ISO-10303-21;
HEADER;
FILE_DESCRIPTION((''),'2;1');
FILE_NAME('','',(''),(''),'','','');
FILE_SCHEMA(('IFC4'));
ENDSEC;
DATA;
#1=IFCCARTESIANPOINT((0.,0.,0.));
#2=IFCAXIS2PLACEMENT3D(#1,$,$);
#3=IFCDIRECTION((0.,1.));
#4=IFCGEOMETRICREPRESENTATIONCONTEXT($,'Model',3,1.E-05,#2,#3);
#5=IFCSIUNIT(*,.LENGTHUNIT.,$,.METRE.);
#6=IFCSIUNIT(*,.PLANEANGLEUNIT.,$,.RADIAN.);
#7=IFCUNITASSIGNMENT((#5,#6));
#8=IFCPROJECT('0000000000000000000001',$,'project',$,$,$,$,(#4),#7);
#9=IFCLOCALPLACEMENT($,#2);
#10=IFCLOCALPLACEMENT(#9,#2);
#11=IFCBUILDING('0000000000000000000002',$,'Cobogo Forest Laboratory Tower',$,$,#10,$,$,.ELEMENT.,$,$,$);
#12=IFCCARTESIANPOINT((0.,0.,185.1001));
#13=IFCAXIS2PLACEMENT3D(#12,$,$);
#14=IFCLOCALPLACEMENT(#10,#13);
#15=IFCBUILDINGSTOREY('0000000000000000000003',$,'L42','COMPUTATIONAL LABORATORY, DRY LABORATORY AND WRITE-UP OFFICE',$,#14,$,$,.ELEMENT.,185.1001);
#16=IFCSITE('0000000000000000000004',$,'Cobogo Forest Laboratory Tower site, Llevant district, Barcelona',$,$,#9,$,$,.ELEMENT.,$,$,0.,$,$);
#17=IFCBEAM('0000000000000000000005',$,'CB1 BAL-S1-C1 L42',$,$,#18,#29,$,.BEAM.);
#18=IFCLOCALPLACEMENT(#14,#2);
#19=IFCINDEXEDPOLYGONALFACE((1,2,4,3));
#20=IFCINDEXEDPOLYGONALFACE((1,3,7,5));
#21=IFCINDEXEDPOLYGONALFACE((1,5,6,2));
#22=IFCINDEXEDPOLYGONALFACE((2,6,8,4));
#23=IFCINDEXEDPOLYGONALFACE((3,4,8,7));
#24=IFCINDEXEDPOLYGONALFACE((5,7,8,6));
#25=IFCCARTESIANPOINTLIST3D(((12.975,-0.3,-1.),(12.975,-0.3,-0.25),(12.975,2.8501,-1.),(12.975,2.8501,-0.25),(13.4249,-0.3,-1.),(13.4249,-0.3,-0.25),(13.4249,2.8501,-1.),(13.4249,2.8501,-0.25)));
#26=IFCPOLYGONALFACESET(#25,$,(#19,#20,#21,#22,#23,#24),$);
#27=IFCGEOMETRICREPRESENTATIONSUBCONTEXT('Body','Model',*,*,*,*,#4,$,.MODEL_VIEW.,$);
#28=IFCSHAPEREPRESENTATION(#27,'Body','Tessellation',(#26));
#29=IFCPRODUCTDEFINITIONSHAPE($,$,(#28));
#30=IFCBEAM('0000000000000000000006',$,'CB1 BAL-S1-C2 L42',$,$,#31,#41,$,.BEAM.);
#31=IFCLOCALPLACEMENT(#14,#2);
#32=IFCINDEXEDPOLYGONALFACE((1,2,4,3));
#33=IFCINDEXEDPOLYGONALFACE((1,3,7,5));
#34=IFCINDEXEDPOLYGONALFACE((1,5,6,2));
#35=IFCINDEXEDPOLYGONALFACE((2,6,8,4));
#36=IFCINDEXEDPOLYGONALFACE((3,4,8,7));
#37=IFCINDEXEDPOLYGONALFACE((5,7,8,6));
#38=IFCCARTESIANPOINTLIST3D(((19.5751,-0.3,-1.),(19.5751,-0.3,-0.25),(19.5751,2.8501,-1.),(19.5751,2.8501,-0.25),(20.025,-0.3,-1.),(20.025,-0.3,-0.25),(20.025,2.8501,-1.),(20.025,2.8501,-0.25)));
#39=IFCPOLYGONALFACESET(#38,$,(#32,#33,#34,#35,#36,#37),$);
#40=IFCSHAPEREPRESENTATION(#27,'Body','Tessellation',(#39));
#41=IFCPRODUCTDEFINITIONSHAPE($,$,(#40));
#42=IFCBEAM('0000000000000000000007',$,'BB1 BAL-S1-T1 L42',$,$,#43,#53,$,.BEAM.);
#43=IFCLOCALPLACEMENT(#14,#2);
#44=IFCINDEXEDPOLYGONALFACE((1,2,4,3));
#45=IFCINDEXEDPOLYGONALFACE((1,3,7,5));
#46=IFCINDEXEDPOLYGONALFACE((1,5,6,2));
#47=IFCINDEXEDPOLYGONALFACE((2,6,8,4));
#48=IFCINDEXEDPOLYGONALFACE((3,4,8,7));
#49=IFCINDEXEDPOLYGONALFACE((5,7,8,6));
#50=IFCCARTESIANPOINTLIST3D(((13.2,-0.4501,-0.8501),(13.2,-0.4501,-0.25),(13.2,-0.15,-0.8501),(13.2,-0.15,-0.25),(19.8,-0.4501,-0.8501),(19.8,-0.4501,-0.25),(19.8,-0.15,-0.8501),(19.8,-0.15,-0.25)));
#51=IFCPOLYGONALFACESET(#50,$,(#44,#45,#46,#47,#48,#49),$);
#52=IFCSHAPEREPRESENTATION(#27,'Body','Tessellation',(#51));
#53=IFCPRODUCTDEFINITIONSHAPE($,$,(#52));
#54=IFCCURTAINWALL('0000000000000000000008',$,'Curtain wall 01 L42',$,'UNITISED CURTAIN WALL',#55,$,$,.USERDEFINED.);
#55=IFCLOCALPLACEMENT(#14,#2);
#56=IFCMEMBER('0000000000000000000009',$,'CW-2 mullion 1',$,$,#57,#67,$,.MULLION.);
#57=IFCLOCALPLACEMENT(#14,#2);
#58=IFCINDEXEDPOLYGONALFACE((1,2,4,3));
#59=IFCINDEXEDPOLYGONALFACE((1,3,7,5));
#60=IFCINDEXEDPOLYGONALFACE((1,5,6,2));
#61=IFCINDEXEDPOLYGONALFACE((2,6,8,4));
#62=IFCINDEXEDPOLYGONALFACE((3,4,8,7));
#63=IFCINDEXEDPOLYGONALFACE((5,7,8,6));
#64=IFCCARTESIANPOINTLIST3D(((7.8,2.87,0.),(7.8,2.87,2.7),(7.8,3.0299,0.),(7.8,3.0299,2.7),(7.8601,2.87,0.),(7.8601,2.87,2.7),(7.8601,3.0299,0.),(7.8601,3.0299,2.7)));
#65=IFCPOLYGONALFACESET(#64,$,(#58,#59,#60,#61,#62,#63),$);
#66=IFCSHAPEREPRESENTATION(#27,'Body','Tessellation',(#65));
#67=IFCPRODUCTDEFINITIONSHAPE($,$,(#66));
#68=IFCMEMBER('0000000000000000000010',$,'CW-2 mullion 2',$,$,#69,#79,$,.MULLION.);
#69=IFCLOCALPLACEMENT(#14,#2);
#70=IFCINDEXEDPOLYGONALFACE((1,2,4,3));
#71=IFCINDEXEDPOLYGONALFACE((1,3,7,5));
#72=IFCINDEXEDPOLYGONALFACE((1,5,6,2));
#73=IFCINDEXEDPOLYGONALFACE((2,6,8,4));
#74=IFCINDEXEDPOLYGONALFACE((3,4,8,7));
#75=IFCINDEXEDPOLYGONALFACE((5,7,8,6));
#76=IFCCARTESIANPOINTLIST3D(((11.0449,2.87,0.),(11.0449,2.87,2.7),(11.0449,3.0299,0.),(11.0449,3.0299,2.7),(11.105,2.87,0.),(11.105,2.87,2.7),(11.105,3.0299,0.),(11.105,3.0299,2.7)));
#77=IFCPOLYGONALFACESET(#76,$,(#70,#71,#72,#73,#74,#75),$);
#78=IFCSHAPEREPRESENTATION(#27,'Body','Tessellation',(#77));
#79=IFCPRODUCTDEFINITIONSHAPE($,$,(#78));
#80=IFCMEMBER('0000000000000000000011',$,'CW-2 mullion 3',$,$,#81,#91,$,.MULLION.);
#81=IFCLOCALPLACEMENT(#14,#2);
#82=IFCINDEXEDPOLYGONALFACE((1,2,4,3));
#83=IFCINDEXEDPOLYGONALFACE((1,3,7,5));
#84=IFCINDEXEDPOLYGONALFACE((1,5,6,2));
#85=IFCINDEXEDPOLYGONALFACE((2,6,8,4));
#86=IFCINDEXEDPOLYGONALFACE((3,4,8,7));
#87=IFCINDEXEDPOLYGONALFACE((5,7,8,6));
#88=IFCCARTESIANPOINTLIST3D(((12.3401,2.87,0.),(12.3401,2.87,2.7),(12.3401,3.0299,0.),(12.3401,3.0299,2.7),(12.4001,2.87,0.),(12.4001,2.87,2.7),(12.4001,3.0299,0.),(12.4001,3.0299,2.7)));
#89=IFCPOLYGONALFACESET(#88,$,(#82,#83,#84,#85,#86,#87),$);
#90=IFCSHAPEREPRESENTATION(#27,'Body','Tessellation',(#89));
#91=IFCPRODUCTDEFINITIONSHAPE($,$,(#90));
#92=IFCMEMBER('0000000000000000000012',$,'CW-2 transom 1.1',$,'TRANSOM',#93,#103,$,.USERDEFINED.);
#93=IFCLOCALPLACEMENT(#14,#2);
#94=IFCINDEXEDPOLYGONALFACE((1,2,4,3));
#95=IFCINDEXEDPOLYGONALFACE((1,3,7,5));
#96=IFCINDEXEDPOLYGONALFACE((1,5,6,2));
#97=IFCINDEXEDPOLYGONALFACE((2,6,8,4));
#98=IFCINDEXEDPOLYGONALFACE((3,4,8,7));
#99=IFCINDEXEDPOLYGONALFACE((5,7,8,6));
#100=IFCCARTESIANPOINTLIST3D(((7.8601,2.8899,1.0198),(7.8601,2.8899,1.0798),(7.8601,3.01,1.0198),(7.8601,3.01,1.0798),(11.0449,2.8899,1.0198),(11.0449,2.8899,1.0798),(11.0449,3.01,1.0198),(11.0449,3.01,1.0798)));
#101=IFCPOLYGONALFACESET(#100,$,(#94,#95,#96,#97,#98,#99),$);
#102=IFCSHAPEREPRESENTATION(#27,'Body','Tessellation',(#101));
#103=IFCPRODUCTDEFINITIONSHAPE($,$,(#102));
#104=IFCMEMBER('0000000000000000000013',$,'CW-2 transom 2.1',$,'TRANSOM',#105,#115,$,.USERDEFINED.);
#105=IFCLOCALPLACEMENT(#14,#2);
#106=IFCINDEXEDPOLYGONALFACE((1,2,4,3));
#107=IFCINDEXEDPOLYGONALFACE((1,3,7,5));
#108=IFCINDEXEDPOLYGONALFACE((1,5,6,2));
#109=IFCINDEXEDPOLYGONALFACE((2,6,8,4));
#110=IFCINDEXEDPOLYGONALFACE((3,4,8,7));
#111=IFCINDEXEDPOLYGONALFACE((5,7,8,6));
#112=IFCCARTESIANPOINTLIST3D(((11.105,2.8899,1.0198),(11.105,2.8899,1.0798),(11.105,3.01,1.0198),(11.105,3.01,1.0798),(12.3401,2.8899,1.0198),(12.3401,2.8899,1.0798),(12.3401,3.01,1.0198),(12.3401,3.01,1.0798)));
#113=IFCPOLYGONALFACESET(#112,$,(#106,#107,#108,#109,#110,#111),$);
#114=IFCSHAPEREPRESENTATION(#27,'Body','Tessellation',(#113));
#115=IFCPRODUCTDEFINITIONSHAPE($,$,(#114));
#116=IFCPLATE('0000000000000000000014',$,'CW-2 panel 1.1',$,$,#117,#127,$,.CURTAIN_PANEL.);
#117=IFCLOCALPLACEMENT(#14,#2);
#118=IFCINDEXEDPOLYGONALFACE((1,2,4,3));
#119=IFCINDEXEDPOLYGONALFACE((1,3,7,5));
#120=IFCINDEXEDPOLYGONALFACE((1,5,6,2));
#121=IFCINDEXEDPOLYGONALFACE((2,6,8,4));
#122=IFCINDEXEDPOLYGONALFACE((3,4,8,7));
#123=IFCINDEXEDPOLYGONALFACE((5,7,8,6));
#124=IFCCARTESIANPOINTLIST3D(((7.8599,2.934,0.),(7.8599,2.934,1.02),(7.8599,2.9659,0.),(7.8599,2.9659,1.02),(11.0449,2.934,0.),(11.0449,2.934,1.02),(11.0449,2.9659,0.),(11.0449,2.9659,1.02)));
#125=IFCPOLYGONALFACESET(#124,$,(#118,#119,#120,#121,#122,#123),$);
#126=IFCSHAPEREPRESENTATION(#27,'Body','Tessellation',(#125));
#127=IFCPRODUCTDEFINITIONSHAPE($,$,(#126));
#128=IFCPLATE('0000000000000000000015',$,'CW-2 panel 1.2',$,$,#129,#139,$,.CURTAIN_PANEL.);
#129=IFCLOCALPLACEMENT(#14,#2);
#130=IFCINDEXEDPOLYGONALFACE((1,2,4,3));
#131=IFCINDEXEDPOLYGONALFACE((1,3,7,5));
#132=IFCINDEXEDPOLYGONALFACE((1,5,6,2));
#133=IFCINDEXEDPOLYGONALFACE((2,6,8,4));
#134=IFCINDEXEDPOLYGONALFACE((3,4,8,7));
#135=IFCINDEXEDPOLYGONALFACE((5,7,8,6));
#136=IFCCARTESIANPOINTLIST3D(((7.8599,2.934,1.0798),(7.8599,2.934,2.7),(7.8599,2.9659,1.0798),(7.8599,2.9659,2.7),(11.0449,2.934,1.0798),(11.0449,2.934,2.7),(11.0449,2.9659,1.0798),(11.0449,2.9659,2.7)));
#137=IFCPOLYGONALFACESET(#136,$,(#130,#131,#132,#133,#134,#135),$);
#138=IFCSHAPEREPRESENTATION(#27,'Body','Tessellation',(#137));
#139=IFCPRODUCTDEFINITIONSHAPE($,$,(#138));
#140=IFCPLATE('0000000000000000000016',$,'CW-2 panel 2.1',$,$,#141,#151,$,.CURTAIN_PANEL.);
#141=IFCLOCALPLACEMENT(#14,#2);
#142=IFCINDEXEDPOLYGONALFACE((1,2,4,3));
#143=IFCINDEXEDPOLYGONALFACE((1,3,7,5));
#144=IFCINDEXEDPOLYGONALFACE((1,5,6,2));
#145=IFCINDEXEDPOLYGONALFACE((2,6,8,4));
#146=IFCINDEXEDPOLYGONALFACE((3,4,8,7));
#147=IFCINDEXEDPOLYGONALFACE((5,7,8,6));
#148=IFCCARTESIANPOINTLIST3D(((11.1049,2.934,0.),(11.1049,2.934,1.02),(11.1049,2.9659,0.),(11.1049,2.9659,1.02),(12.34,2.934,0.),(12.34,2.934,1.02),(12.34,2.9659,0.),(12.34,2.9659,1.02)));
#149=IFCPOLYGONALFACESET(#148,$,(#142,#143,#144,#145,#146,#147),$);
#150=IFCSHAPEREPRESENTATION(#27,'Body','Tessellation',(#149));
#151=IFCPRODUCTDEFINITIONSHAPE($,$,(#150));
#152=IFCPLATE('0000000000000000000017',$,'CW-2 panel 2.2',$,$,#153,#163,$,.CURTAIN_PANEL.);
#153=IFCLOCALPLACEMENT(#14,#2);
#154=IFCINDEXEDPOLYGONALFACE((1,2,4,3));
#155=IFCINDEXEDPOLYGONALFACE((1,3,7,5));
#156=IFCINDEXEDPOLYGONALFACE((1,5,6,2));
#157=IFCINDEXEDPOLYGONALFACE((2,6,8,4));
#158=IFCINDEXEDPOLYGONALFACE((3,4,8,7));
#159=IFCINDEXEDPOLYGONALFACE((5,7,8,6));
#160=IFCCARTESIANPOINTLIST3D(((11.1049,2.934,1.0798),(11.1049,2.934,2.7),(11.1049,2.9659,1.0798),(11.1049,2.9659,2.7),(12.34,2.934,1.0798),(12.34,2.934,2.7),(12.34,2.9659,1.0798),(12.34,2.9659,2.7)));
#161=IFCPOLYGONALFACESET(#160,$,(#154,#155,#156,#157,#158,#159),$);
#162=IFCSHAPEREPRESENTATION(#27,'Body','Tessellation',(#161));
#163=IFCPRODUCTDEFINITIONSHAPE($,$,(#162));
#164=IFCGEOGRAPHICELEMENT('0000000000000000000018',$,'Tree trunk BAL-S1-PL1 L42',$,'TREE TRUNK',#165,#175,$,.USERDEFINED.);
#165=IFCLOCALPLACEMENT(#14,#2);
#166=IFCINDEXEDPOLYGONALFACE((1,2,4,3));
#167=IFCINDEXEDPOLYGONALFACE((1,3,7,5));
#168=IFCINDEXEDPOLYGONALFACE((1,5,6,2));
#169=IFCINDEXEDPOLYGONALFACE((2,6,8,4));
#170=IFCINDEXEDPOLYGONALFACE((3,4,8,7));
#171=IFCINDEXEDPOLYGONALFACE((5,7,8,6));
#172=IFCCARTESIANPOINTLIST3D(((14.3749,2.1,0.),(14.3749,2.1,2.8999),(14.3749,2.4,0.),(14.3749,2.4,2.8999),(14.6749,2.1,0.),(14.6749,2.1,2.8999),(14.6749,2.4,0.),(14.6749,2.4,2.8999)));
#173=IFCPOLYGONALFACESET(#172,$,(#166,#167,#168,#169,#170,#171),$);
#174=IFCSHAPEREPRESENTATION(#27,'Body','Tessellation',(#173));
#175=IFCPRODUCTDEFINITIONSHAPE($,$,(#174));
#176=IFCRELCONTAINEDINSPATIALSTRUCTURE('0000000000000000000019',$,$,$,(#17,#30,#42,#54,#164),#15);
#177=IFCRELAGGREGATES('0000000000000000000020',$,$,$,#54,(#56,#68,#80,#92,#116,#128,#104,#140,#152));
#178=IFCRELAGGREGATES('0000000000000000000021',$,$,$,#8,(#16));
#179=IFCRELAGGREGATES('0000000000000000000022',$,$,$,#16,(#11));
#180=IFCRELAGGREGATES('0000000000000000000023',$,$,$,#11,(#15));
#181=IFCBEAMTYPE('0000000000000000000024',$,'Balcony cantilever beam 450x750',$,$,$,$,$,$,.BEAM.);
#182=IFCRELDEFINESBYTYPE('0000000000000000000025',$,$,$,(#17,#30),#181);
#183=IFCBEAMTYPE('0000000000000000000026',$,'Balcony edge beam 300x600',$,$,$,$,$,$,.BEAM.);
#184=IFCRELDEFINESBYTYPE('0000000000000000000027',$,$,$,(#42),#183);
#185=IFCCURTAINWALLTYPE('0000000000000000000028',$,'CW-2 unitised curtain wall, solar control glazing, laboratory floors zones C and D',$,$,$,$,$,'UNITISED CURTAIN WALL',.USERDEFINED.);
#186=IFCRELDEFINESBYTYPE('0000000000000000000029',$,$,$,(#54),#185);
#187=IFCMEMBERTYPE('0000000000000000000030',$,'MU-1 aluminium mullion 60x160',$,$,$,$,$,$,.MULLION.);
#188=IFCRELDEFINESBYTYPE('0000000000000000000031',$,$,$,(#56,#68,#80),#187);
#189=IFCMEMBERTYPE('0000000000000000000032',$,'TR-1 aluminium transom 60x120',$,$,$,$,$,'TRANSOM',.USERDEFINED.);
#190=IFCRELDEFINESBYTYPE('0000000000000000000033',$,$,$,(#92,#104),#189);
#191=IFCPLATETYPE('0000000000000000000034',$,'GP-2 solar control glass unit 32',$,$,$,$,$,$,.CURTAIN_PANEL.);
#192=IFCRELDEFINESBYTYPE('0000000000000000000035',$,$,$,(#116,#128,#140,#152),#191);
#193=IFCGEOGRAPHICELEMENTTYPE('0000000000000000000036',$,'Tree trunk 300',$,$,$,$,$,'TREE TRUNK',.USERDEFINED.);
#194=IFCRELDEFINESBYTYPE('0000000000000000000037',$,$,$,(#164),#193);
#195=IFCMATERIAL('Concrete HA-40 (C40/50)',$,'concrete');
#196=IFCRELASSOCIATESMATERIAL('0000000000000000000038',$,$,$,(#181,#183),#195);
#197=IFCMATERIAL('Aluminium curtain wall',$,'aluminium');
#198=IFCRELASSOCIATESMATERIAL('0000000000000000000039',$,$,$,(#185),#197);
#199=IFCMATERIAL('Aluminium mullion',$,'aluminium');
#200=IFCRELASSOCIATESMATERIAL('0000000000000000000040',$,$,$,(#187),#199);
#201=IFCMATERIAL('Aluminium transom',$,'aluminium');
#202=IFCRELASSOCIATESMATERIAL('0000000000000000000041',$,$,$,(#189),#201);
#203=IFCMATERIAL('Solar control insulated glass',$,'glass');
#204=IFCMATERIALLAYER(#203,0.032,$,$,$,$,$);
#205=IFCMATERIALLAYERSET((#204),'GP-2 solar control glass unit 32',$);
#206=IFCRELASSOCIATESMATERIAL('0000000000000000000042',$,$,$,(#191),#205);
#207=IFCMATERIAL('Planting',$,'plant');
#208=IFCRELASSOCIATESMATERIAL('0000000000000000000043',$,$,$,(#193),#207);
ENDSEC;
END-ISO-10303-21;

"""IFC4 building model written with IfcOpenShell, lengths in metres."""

from ifc_helpers import new_model, si_unit, direction, frame, origin, origin_2d, place, context, subcontext, project, spatial, rectangle, extrude, material, layer, layer_set, material_profile, profile_set, type_object, element, aggregate, save


model = new_model("IFC4")

# Units and contexts
model_context = context("Model", 3, precision=1e-05, world=origin(), true_north=direction((0.0, 1.0)))
body_context = subcontext(model_context, "Body", "Model", "MODEL_VIEW")
ifc_project = project(units=[si_unit("LENGTHUNIT", "METRE"), si_unit("PLANEANGLEUNIT", "RADIAN")], contexts=[model_context])

# Site, building, storey
site_placement = place(None, origin())
site = spatial("IfcSite", under=ifc_project, at=site_placement, Name="Cobogo Forest Laboratory Tower site, Llevant district, Barcelona", CompositionType="ELEMENT", RefElevation=0.0)
building_placement = place(site_placement, origin())
building = spatial("IfcBuilding", under=site, at=building_placement, Name="Cobogo Forest Laboratory Tower", CompositionType="ELEMENT")
storey_placement = place(building_placement, frame((0.0, 0.0, 185.1001)))
storey = spatial("IfcBuildingStorey", under=building, at=storey_placement, Name="L42", Description="COMPUTATIONAL LABORATORY, DRY LABORATORY AND WRITE-UP OFFICE", CompositionType="ELEMENT", Elevation=185.1001)

# Beams
ifc_material_1 = material(Name="Concrete HA-40 (C40/50)", Category="concrete")
ifc_material_profile_1 = material_profile(ifc_material_1, rectangle(XDim=0.45, YDim=0.75, at=origin_2d()), Name="RC 450x750")
ifc_profile_set_1 = profile_set([ifc_material_profile_1], Name="Concrete HA-40 (C40/50)")
beam_type_1 = type_object("IfcBeamType", Name="Balcony cantilever beam 450x750", PredefinedType="BEAM", material=ifc_profile_set_1)
for number, where, z_axis, x_axis, name in (
    (1, (13.2, 2.8501, -0.625), (0.0, -1.0, 0.0), (1.0, 0.0, 0.0), "CB1 BAL-S1-C1 L42"),
    (2, (19.8, 2.8501, -0.625), (0.0, -1.0, 0.0), (1.0, 0.0, 0.0), "CB1 BAL-S1-C2 L42"),
):
    element("IfcBeam", number, at=place(storey_placement, frame(where, z_axis=z_axis, x_axis=x_axis)), inside=storey, type_object=beam_type_1, Name=name, PredefinedType="BEAM", context=body_context, shape_type="SweptSolid", body=[
        extrude(rectangle(XDim=0.45, YDim=0.75, at=origin_2d()), origin(), (0.0, 0.0, 1.0), 3.1501),
    ])
ifc_material_profile_2 = material_profile(ifc_material_1, rectangle(XDim=0.3, YDim=0.6001, at=origin_2d()), Name="RC 300x600")
ifc_profile_set_2 = profile_set([ifc_material_profile_2], Name="Concrete HA-40 (C40/50)")
beam_type_2 = type_object("IfcBeamType", Name="Balcony edge beam 300x600", PredefinedType="BEAM", material=ifc_profile_set_2)
beam_placement = place(storey_placement, frame((13.2, -0.3, -0.55), z_axis=(1.0, 0.0, 0.0), x_axis=(0.0, 1.0, 0.0)))
element("IfcBeam", 3, at=beam_placement, inside=storey, type_object=beam_type_2, Name="BB1 BAL-S1-T1 L42", PredefinedType="BEAM", context=body_context, shape_type="SweptSolid", body=[
    extrude(rectangle(XDim=0.3, YDim=0.6001, at=origin_2d()), origin(), (0.0, 0.0, 1.0), 6.6001),
])

# Curtain wall, members, plates
ifc_material_2 = material(Name="Aluminium curtain wall", Category="aluminium")
curtain_wall_type = type_object("IfcCurtainWallType", Name="CW-2 unitised curtain wall, solar control glazing, laboratory floors zones C and D", ElementType="UNITISED CURTAIN WALL", PredefinedType="USERDEFINED", material=ifc_material_2)
curtain_wall_placement = place(storey_placement, origin())
curtain_wall = element("IfcCurtainWall", 4, at=curtain_wall_placement, inside=storey, type_object=curtain_wall_type, Name="Curtain wall 01 L42", ObjectType="UNITISED CURTAIN WALL", PredefinedType="USERDEFINED")
ifc_material_3 = material(Name="Aluminium mullion", Category="aluminium")
ifc_material_profile_3 = material_profile(ifc_material_3, rectangle(XDim=0.0601, YDim=0.1599, at=origin_2d()), Name="AL 60x160")
ifc_profile_set_3 = profile_set([ifc_material_profile_3], Name="Aluminium mullion")
member_type_1 = type_object("IfcMemberType", Name="MU-1 aluminium mullion 60x160", PredefinedType="MULLION", material=ifc_profile_set_3)
member_1_placement = place(storey_placement, frame((7.8301, 2.95, 0.0), z_axis=(0.0, 0.0, 1.0), x_axis=(1.0, 0.0, 0.0)))
member_1 = element("IfcMember", 5, at=member_1_placement, type_object=member_type_1, Name="CW-2 mullion 1", PredefinedType="MULLION", context=body_context, shape_type="SweptSolid", body=[
    extrude(rectangle(XDim=0.0601, YDim=0.1599, at=origin_2d()), origin(), (0.0, 0.0, 1.0), 2.7),
])
member_2_placement = place(storey_placement, frame((11.075, 2.95, 0.0), z_axis=(0.0, 0.0, 1.0), x_axis=(1.0, 0.0, 0.0)))
member_2 = element("IfcMember", 6, at=member_2_placement, type_object=member_type_1, Name="CW-2 mullion 2", PredefinedType="MULLION", context=body_context, shape_type="SweptSolid", body=[
    extrude(rectangle(XDim=0.0601, YDim=0.1599, at=origin_2d()), origin(), (0.0, 0.0, 1.0), 2.7),
])
member_3_placement = place(storey_placement, frame((12.3701, 2.95, 0.0), z_axis=(0.0, 0.0, 1.0), x_axis=(1.0, 0.0, 0.0)))
member_3 = element("IfcMember", 7, at=member_3_placement, type_object=member_type_1, Name="CW-2 mullion 3", PredefinedType="MULLION", context=body_context, shape_type="SweptSolid", body=[
    extrude(rectangle(XDim=0.0601, YDim=0.1599, at=origin_2d()), origin(), (0.0, 0.0, 1.0), 2.7),
])
ifc_material_4 = material(Name="Aluminium transom", Category="aluminium")
ifc_material_profile_4 = material_profile(ifc_material_4, rectangle(XDim=0.1201, YDim=0.0601, at=origin_2d()), Name="AL 60x120")
ifc_profile_set_4 = profile_set([ifc_material_profile_4], Name="Aluminium transom")
member_type_2 = type_object("IfcMemberType", Name="TR-1 aluminium transom 60x120", ElementType="TRANSOM", PredefinedType="USERDEFINED", material=ifc_profile_set_4)
member_4_placement = place(storey_placement, frame((7.8601, 2.95, 1.0498), z_axis=(1.0, 0.0, 0.0), x_axis=(0.0, 1.0, 0.0)))
member_4 = element("IfcMember", 8, at=member_4_placement, type_object=member_type_2, Name="CW-2 transom 1.1", ObjectType="TRANSOM", PredefinedType="USERDEFINED", context=body_context, shape_type="SweptSolid", body=[
    extrude(rectangle(XDim=0.1201, YDim=0.0601, at=origin_2d()), origin(), (0.0, 0.0, 1.0), 3.1848),
])
member_5_placement = place(storey_placement, frame((11.105, 2.95, 1.0498), z_axis=(1.0, 0.0, 0.0), x_axis=(0.0, 1.0, 0.0)))
member_5 = element("IfcMember", 9, at=member_5_placement, type_object=member_type_2, Name="CW-2 transom 2.1", ObjectType="TRANSOM", PredefinedType="USERDEFINED", context=body_context, shape_type="SweptSolid", body=[
    extrude(rectangle(XDim=0.1201, YDim=0.0601, at=origin_2d()), origin(), (0.0, 0.0, 1.0), 1.2351),
])
ifc_material_5 = material(Name="Solar control insulated glass", Category="glass")
ifc_layer = layer(ifc_material_5, 0.032)
ifc_layer_set = layer_set([ifc_layer], Name="GP-2 solar control glass unit 32")
plate_type = type_object("IfcPlateType", Name="GP-2 solar control glass unit 32", PredefinedType="CURTAIN_PANEL", material=ifc_layer_set)
plate_1_placement = place(storey_placement, frame((9.4524, 2.95, 0.0), z_axis=(0.0, 0.0, 1.0), x_axis=(1.0, 0.0, 0.0)))
plate_1 = element("IfcPlate", 10, at=plate_1_placement, type_object=plate_type, Name="CW-2 panel 1.1", PredefinedType="CURTAIN_PANEL", context=body_context, shape_type="SweptSolid", body=[
    extrude(rectangle(XDim=3.1851, YDim=0.032, at=origin_2d()), origin(), (0.0, 0.0, 1.0), 1.02),
])
plate_2_placement = place(storey_placement, frame((9.4524, 2.95, 1.0798), z_axis=(0.0, 0.0, 1.0), x_axis=(1.0, 0.0, 0.0)))
plate_2 = element("IfcPlate", 11, at=plate_2_placement, type_object=plate_type, Name="CW-2 panel 1.2", PredefinedType="CURTAIN_PANEL", context=body_context, shape_type="SweptSolid", body=[
    extrude(rectangle(XDim=3.1851, YDim=0.032, at=origin_2d()), origin(), (0.0, 0.0, 1.0), 1.6201),
])
plate_3_placement = place(storey_placement, frame((11.7224, 2.95, 0.0), z_axis=(0.0, 0.0, 1.0), x_axis=(1.0, 0.0, 0.0)))
plate_3 = element("IfcPlate", 12, at=plate_3_placement, type_object=plate_type, Name="CW-2 panel 2.1", PredefinedType="CURTAIN_PANEL", context=body_context, shape_type="SweptSolid", body=[
    extrude(rectangle(XDim=1.2351, YDim=0.032, at=origin_2d()), origin(), (0.0, 0.0, 1.0), 1.02),
])
plate_4_placement = place(storey_placement, frame((11.7224, 2.95, 1.0798), z_axis=(0.0, 0.0, 1.0), x_axis=(1.0, 0.0, 0.0)))
plate_4 = element("IfcPlate", 13, at=plate_4_placement, type_object=plate_type, Name="CW-2 panel 2.2", PredefinedType="CURTAIN_PANEL", context=body_context, shape_type="SweptSolid", body=[
    extrude(rectangle(XDim=1.2351, YDim=0.032, at=origin_2d()), origin(), (0.0, 0.0, 1.0), 1.6201),
])
aggregate(curtain_wall, [member_1, member_2, member_3, member_4, plate_1, plate_2, member_5, plate_3, plate_4])

# Geographic element
ifc_material_6 = material(Name="Planting", Category="plant")
geographic_element_type = type_object("IfcGeographicElementType", Name="Tree trunk 300", ElementType="TREE TRUNK", PredefinedType="USERDEFINED", material=ifc_material_6)
geographic_element_placement = place(storey_placement, frame((14.5249, 2.25, 0.0), z_axis=(0.0, 0.0, 1.0), x_axis=(1.0, 0.0, 0.0)))
element("IfcGeographicElement", 14, at=geographic_element_placement, inside=storey, type_object=geographic_element_type, Name="Tree trunk BAL-S1-PL1 L42", ObjectType="TREE TRUNK", PredefinedType="USERDEFINED", context=body_context, shape_type="SweptSolid", body=[
    extrude(rectangle(XDim=0.3, YDim=0.3, at=origin_2d()), origin(), (0.0, 0.0, 1.0), 2.8999),
])

save(model, "model.ifc")
